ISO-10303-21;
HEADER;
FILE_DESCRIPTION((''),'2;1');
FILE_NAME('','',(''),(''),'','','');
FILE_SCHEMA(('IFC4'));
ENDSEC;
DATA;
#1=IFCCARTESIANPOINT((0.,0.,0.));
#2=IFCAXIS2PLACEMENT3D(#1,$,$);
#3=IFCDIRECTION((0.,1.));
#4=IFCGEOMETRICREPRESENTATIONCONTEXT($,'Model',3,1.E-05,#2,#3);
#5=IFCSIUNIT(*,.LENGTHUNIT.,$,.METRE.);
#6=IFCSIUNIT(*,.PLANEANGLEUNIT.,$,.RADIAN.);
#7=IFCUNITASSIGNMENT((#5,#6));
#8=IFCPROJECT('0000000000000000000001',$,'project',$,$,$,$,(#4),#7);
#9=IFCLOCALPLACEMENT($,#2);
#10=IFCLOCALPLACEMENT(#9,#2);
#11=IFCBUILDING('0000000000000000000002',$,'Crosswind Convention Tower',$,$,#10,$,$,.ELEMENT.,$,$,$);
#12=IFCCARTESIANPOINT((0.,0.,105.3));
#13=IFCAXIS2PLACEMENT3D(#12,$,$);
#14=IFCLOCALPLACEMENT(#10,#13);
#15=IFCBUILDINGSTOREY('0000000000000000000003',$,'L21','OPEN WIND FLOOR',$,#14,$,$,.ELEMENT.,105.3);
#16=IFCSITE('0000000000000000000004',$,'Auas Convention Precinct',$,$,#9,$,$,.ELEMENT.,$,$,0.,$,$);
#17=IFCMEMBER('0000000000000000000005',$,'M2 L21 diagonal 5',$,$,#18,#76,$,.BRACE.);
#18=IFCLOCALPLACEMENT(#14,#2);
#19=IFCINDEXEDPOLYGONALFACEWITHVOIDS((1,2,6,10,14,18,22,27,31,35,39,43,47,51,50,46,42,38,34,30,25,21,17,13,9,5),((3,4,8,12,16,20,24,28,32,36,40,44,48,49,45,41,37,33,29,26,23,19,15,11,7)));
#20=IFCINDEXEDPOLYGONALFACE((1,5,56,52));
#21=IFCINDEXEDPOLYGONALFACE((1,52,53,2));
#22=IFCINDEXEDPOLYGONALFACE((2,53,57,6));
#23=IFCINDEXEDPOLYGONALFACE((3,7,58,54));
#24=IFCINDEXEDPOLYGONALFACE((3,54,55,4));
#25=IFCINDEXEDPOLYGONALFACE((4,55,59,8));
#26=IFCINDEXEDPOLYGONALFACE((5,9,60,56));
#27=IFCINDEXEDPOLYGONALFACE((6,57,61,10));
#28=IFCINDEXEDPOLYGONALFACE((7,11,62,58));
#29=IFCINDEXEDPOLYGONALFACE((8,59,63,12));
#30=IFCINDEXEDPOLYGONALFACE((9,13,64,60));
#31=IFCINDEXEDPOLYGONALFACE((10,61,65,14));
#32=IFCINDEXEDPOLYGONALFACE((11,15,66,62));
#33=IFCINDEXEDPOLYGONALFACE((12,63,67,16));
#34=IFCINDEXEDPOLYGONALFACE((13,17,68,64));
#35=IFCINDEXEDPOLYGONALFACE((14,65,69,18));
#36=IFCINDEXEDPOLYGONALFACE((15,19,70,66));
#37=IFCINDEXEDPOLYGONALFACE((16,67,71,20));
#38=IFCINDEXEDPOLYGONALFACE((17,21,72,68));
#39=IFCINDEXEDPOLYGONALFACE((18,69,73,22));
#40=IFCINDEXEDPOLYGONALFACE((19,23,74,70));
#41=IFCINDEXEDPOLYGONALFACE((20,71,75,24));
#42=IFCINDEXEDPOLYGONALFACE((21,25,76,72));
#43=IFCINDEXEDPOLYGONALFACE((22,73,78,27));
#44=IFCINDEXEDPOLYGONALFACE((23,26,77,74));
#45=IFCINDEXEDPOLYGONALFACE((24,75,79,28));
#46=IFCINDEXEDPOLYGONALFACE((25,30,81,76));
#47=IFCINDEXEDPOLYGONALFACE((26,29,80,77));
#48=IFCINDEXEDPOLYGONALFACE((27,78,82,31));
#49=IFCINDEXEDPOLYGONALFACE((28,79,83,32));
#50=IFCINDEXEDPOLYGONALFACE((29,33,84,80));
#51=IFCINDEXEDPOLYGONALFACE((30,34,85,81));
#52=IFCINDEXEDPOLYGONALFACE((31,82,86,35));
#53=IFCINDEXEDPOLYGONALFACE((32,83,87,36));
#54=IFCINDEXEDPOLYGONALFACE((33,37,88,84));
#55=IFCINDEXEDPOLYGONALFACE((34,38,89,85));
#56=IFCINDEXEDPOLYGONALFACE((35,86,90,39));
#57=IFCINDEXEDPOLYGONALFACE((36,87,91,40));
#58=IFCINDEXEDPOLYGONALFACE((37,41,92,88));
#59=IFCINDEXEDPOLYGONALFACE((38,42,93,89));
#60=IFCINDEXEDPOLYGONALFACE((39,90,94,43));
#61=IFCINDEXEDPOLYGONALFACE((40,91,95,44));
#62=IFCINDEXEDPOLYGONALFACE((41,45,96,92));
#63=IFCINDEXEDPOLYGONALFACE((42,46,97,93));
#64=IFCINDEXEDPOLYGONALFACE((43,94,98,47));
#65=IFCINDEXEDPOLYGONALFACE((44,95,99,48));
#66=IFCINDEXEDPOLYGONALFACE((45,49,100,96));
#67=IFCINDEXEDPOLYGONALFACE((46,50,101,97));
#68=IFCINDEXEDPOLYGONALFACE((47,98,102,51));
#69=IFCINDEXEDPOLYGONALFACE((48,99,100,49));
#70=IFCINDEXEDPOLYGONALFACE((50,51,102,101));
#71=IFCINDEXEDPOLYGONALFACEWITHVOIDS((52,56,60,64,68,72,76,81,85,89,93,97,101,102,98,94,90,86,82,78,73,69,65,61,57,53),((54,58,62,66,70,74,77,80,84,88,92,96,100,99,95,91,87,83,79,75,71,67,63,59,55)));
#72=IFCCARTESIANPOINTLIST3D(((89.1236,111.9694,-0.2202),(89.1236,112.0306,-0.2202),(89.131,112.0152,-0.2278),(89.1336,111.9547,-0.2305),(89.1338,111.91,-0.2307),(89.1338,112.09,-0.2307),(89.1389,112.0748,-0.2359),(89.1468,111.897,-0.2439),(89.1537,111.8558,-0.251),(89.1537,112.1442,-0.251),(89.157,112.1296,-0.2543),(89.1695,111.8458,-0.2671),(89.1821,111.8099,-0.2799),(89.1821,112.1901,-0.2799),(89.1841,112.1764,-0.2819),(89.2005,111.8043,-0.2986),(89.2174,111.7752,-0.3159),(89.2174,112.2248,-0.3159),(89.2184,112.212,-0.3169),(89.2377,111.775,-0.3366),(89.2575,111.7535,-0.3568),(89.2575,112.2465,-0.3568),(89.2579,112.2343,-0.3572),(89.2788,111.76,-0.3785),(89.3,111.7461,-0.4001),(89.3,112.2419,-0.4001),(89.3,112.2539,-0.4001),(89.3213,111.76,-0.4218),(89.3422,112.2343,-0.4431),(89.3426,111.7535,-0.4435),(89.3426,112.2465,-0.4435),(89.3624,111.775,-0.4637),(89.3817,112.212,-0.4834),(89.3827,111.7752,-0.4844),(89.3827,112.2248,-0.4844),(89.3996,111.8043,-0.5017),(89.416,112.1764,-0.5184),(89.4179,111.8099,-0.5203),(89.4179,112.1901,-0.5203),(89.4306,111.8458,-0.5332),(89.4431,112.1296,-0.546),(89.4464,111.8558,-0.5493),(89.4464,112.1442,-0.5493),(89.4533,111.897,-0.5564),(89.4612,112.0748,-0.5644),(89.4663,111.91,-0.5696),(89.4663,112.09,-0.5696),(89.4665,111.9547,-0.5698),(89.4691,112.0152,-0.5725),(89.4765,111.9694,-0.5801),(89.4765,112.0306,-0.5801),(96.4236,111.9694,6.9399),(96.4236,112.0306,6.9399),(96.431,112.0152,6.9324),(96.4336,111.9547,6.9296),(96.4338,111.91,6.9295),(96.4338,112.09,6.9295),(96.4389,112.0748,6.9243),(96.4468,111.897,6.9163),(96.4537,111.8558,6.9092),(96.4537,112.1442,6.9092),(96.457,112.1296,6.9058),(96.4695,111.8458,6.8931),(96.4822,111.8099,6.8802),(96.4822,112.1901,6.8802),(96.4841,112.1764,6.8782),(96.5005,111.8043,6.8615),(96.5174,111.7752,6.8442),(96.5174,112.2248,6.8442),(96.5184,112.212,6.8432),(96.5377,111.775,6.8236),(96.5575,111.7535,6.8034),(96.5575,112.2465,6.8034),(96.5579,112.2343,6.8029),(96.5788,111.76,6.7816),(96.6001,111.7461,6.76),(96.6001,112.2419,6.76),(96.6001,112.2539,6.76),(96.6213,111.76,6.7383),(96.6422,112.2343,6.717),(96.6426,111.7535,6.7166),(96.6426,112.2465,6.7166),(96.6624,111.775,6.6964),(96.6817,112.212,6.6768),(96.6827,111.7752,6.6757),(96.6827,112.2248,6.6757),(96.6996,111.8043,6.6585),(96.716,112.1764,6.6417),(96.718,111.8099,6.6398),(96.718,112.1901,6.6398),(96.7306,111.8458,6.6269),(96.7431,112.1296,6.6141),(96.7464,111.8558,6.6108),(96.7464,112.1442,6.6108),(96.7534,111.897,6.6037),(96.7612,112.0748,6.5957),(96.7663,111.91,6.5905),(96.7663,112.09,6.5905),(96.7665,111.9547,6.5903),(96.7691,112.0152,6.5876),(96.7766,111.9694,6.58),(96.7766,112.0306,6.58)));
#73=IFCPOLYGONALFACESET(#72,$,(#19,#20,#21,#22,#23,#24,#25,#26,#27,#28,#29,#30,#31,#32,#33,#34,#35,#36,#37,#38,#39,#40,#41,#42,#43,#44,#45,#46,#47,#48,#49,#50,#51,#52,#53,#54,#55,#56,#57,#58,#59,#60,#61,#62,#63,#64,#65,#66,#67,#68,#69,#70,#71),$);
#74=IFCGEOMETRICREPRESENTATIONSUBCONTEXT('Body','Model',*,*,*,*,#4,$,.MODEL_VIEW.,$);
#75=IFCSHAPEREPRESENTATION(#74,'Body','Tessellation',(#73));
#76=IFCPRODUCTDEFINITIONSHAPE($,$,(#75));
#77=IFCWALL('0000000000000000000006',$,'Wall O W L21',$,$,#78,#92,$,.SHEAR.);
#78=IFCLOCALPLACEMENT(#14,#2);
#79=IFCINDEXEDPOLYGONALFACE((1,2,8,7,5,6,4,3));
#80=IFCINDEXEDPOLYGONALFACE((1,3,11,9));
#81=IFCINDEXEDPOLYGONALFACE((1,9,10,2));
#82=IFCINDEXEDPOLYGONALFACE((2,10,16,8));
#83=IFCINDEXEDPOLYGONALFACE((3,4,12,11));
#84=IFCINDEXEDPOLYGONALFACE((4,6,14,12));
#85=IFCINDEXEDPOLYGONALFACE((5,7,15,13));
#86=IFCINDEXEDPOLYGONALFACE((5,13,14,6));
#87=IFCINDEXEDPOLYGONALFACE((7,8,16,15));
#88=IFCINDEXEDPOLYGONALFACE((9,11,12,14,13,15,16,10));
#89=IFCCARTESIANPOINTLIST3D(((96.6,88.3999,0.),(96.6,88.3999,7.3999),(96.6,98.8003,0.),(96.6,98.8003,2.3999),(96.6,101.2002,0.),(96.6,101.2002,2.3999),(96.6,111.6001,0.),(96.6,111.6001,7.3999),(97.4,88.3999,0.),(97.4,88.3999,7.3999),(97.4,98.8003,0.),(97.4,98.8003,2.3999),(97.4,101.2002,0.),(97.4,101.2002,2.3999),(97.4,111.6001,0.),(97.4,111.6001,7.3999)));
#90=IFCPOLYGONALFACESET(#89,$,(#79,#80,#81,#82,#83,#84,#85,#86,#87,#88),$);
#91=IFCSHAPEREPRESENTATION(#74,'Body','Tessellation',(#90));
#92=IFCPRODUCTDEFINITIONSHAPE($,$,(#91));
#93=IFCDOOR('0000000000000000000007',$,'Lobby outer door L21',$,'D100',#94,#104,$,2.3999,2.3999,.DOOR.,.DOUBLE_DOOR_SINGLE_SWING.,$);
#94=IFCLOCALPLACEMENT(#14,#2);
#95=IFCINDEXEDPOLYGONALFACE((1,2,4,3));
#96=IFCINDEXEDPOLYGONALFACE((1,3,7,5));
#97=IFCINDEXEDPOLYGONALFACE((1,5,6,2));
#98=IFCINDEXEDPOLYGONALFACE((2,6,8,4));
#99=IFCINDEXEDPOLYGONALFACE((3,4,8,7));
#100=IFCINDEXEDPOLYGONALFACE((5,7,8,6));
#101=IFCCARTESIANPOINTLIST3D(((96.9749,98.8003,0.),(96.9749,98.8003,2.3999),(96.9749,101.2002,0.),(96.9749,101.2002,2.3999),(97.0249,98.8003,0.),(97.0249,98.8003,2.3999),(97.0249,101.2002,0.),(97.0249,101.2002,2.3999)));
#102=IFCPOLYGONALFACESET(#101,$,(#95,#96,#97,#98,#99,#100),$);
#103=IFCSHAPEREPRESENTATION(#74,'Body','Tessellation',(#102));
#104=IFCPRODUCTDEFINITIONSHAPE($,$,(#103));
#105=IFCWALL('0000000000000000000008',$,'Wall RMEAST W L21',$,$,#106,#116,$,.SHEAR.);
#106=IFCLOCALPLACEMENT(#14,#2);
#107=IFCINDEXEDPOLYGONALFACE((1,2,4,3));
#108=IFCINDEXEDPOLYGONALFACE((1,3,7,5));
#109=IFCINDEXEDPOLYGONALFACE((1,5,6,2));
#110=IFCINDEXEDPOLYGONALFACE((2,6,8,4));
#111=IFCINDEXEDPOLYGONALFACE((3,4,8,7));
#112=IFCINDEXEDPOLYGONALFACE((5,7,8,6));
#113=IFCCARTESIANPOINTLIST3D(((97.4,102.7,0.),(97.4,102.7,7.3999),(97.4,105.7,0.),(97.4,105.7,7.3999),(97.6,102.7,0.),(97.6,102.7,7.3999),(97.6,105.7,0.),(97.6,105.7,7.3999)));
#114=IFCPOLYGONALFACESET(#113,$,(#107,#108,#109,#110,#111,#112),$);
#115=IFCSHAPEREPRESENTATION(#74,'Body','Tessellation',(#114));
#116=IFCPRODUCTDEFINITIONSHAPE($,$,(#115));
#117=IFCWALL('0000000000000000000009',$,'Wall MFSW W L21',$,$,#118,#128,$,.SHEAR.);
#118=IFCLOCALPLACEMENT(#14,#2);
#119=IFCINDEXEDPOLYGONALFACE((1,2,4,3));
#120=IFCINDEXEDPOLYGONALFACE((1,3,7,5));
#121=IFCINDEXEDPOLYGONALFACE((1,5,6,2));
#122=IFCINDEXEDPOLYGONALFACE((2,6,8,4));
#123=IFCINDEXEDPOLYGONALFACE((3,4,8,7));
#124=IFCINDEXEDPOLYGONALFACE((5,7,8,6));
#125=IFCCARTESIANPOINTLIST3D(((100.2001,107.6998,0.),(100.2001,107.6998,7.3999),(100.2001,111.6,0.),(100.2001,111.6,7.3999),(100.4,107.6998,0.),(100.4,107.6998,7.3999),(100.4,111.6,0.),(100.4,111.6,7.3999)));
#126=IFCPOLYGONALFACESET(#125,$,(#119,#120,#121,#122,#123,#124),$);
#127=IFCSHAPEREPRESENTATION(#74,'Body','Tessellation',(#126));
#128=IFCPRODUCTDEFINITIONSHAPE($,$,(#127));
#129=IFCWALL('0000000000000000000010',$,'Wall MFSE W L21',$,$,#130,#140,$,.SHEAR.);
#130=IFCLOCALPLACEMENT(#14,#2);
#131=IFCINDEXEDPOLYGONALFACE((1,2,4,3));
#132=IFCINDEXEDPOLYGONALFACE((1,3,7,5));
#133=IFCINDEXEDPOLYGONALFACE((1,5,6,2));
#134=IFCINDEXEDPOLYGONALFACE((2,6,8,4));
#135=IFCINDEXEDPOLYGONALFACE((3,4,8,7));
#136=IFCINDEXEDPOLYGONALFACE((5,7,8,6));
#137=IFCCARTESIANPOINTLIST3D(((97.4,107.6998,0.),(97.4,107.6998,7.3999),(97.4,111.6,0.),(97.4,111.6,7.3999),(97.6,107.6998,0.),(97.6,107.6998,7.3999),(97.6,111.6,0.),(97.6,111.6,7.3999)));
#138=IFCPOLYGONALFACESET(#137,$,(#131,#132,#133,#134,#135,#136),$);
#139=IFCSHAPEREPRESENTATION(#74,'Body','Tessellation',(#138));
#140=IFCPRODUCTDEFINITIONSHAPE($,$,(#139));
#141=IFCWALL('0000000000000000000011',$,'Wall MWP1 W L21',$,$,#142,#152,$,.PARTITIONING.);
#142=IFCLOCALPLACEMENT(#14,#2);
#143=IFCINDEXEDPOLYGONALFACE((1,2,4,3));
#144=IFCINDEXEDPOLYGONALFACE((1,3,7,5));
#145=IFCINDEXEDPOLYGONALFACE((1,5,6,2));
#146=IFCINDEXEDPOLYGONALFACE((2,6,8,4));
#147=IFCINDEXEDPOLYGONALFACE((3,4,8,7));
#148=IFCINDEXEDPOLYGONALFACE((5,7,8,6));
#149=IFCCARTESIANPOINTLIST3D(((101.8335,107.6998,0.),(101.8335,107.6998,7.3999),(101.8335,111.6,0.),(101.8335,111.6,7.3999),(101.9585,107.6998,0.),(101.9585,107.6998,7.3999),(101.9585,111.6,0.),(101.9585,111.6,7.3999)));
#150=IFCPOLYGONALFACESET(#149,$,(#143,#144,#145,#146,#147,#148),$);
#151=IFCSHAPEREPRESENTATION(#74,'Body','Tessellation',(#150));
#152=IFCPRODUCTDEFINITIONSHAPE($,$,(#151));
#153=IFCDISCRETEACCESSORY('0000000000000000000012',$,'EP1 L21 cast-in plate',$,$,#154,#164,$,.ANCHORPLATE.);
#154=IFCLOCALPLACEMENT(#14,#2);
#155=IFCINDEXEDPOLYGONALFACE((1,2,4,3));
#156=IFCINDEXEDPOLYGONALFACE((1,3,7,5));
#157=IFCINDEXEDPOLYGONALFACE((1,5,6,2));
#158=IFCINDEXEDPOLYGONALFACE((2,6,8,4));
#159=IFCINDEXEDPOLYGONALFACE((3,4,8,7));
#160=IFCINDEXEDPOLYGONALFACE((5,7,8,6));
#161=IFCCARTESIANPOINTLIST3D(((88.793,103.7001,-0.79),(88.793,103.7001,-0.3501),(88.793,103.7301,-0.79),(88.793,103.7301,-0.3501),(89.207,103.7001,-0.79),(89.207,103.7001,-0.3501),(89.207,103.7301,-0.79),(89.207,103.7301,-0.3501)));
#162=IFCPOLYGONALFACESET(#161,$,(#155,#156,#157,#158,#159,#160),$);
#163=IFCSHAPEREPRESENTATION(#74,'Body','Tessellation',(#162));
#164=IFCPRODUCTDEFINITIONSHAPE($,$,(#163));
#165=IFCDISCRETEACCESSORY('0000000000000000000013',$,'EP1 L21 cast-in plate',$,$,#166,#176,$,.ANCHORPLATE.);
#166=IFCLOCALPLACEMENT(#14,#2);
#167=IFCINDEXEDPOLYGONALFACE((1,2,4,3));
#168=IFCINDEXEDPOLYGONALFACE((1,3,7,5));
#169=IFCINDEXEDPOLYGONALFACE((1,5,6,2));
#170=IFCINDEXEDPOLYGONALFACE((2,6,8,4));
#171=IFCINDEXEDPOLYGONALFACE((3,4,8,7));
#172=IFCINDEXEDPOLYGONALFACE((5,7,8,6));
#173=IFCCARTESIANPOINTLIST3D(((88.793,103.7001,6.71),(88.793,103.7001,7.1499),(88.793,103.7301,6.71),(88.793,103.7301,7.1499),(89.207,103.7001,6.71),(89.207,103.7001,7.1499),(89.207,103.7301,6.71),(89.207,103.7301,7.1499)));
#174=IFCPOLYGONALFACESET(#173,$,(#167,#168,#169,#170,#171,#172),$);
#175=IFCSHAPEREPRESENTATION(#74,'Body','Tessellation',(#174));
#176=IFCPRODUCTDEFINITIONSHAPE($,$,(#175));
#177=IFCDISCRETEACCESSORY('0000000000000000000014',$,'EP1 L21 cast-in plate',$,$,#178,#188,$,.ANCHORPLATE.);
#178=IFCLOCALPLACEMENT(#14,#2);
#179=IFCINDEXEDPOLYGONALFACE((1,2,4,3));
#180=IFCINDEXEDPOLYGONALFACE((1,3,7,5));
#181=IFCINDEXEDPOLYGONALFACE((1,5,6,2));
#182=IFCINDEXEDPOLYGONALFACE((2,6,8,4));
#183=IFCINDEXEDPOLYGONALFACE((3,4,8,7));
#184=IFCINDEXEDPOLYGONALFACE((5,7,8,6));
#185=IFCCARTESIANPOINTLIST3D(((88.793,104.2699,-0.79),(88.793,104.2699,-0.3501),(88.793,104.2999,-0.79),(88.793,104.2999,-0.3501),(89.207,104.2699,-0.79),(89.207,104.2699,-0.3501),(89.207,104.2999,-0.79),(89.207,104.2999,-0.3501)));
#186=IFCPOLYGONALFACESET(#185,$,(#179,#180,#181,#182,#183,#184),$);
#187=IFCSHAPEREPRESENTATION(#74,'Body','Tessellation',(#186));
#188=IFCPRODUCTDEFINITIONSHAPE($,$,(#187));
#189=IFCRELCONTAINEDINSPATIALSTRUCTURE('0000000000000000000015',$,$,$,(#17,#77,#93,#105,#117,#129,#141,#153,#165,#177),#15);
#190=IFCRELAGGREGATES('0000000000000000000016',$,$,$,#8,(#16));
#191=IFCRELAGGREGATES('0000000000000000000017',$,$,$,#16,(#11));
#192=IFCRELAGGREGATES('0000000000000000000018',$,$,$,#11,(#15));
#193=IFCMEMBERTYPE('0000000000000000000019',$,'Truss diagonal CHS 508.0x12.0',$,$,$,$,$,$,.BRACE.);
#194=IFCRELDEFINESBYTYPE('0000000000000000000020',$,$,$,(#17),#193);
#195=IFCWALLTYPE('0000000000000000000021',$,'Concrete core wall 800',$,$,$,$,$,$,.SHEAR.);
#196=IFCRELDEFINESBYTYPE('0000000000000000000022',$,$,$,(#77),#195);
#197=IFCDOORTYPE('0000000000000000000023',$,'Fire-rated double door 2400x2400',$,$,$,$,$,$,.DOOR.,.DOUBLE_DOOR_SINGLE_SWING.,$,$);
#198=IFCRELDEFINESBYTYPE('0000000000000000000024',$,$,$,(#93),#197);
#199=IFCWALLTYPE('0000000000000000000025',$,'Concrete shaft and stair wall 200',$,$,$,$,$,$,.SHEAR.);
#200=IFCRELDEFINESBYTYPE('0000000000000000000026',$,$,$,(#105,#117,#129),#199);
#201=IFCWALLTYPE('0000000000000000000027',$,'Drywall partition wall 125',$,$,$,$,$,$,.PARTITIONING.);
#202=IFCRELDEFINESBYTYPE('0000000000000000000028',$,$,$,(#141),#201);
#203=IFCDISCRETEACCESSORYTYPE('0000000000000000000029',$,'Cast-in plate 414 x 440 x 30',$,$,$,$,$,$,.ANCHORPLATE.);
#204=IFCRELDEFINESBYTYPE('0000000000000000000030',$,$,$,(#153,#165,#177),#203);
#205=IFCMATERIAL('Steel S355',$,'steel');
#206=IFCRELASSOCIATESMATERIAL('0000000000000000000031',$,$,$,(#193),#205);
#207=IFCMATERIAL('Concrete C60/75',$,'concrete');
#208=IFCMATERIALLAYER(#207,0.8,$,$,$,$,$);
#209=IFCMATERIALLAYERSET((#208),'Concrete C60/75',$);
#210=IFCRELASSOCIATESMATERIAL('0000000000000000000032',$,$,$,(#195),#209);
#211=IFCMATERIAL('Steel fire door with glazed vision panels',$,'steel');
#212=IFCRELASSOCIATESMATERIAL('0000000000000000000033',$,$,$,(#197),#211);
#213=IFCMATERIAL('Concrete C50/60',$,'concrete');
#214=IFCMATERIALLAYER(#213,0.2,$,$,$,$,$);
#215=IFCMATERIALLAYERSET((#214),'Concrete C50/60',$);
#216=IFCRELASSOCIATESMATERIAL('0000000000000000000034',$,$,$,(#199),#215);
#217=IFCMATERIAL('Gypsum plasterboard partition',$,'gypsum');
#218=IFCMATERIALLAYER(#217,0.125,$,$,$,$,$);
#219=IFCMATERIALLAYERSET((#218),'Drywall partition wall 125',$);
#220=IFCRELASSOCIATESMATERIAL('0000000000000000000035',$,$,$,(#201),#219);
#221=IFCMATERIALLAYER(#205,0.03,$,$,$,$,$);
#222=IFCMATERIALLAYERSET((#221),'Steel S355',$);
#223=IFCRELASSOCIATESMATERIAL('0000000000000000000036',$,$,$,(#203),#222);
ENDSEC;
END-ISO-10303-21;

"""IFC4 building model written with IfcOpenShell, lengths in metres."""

from ifc_helpers import new_model, si_unit, direction, frame, frame_2d, origin, origin_2d, place, context, subcontext, project, spatial, rectangle, hollow_circle, extrude, material, layer, layer_set, material_profile, profile_set, type_object, element, fill, save


model = new_model("IFC4")

# Units and contexts
model_context = context("Model", 3, precision=1e-05, world=origin(), true_north=direction((0.0, 1.0)))
body_context = subcontext(model_context, "Body", "Model", "MODEL_VIEW")
ifc_project = project(units=[si_unit("LENGTHUNIT", "METRE"), si_unit("PLANEANGLEUNIT", "RADIAN")], contexts=[model_context])

# Site, building, storey
site_placement = place(None, origin())
site = spatial("IfcSite", under=ifc_project, at=site_placement, Name="Auas Convention Precinct", CompositionType="ELEMENT", RefElevation=0.0)
building_placement = place(site_placement, origin())
building = spatial("IfcBuilding", under=site, at=building_placement, Name="Crosswind Convention Tower", CompositionType="ELEMENT")
storey_placement = place(building_placement, frame((0.0, 0.0, 105.3)))
storey = spatial("IfcBuildingStorey", under=building, at=storey_placement, Name="L21", Description="OPEN WIND FLOOR", CompositionType="ELEMENT", Elevation=105.3)

# Shared definitions
ifc_material_1 = material(Name="Concrete C60/75", Category="concrete")

# Shared definitions
ifc_material_2 = material(Name="Steel S355", Category="steel")

# Member
ifc_material_profile_1 = material_profile(ifc_material_2, hollow_circle(Radius=0.2539, WallThickness=0.012, at=origin_2d()), Name="CHS 508.0x12.0")
ifc_profile_set_1 = profile_set([ifc_material_profile_1], Name="Steel S355")
member_type_1 = type_object("IfcMemberType", Name="Truss diagonal CHS 508.0x12.0", PredefinedType="BRACE", material=ifc_profile_set_1)
member_placement = place(storey_placement, frame((89.3, 112.0, -0.4001), z_axis=(0.713914, 0.0, 0.700233), x_axis=(0.0, 1.0, 0.0)))
element("IfcMember", 1, at=member_placement, inside=storey, type_object=member_type_1, Name="M2 L21 diagonal 5", PredefinedType="BRACE", context=body_context, shape_type="SweptSolid", body=[
    extrude(hollow_circle(Radius=0.2539, WallThickness=0.012, at=origin_2d()), origin(), (0.0, 0.0, 1.0), 10.2253),
])

# Wall, opening, door
ifc_layer_1 = layer(ifc_material_1, 0.8)
ifc_layer_set_1 = layer_set([ifc_layer_1], Name="Concrete C60/75")
wall_type_1 = type_object("IfcWallType", Name="Concrete core wall 800", PredefinedType="SHEAR", material=ifc_layer_set_1)
wall_1_placement = place(storey_placement, frame((97.0, 111.6001, 0.0), z_axis=(0.0, 0.0, 1.0), x_axis=(0.0, -1.0, 0.0)))
wall_1 = element("IfcWall", 2, at=wall_1_placement, inside=storey, type_object=wall_type_1, Name="Wall O W L21", PredefinedType="SHEAR", context=body_context, shape_type="SweptSolid", body=[
    extrude(rectangle(XDim=23.2002, YDim=0.8, at=frame_2d((11.6001, 0.0))), origin(), (0.0, 0.0, 1.0), 7.3999),
])
opening_placement = place(wall_1_placement, frame((10.3999, 0.0, 0.0)))
opening = element("IfcOpeningElement", 3, at=opening_placement, cuts=wall_1, PredefinedType="OPENING", context=body_context, shape_type="SweptSolid", body=[
    extrude(rectangle(XDim=2.3999, YDim=2.3999, at=frame_2d((1.2, 1.2))), frame((0.0, 0.4099, 0.0), z_axis=(0.0, -1.0, 0.0), x_axis=(1.0, 0.0, 0.0)), (0.0, 0.0, 1.0), 0.8201),
])
ifc_material_3 = material(Name="Steel fire door with glazed vision panels", Category="steel")
door_type = type_object("IfcDoorType", Name="Fire-rated double door 2400x2400", OperationType="DOUBLE_DOOR_SINGLE_SWING", PredefinedType="DOOR", material=ifc_material_3)
door_placement = place(opening_placement, origin())
door = element("IfcDoor", 4, at=door_placement, inside=storey, type_object=door_type, Name="Lobby outer door L21", ObjectType="D100", OperationType="DOUBLE_DOOR_SINGLE_SWING", OverallHeight=2.3999, OverallWidth=2.3999, PredefinedType="DOOR", context=body_context, shape_type="SweptSolid", body=[
    extrude(rectangle(XDim=2.3999, YDim=2.3999, at=frame_2d((1.2, 1.2))), frame((0.0, 0.0249, 0.0), z_axis=(0.0, -1.0, 0.0), x_axis=(1.0, 0.0, 0.0)), (0.0, 0.0, 1.0), 0.05),
])
fill(opening, door)

# Walls
ifc_material_4 = material(Name="Concrete C50/60", Category="concrete")
ifc_layer_2 = layer(ifc_material_4, 0.2)
ifc_layer_set_2 = layer_set([ifc_layer_2], Name="Concrete C50/60")
wall_type_2 = type_object("IfcWallType", Name="Concrete shaft and stair wall 200", PredefinedType="SHEAR", material=ifc_layer_set_2)
wall_2_placement = place(storey_placement, frame((97.5, 105.7, 0.0), z_axis=(0.0, 0.0, 1.0), x_axis=(0.0, -1.0, 0.0)))
element("IfcWall", 5, at=wall_2_placement, inside=storey, type_object=wall_type_2, Name="Wall RMEAST W L21", PredefinedType="SHEAR", context=body_context, shape_type="SweptSolid", body=[
    extrude(rectangle(XDim=3.0, YDim=0.2, at=frame_2d((1.5, 0.0))), origin(), (0.0, 0.0, 1.0), 7.3999),
])
for number, where, z_axis, x_axis, name in (
    (6, (100.3, 111.6001, 0.0), (0.0, 0.0, 1.0), (0.0, -1.0, 0.0), "Wall MFSW W L21"),
    (7, (97.5, 111.6001, 0.0), (0.0, 0.0, 1.0), (0.0, -1.0, 0.0), "Wall MFSE W L21"),
):
    element("IfcWall", number, at=place(storey_placement, frame(where, z_axis=z_axis, x_axis=x_axis)), inside=storey, type_object=wall_type_2, Name=name, PredefinedType="SHEAR", context=body_context, shape_type="SweptSolid", body=[
        extrude(rectangle(XDim=3.9001, YDim=0.2, at=frame_2d((1.9502, 0.0))), origin(), (0.0, 0.0, 1.0), 7.3999),
    ])
ifc_material_5 = material(Name="Gypsum plasterboard partition", Category="gypsum")
ifc_layer_3 = layer(ifc_material_5, 0.125)
ifc_layer_set_3 = layer_set([ifc_layer_3], Name="Drywall partition wall 125")
wall_type_3 = type_object("IfcWallType", Name="Drywall partition wall 125", PredefinedType="PARTITIONING", material=ifc_layer_set_3)
wall_3_placement = place(storey_placement, frame((101.896, 111.6001, 0.0), z_axis=(0.0, 0.0, 1.0), x_axis=(0.0, -1.0, 0.0)))
element("IfcWall", 8, at=wall_3_placement, inside=storey, type_object=wall_type_3, Name="Wall MWP1 W L21", PredefinedType="PARTITIONING", context=body_context, shape_type="SweptSolid", body=[
    extrude(rectangle(XDim=3.9001, YDim=0.125, at=frame_2d((1.9502, 0.0))), origin(), (0.0, 0.0, 1.0), 7.3999),
])

# Discrete accessories
ifc_layer_4 = layer(ifc_material_2, 0.03)
ifc_layer_set_4 = layer_set([ifc_layer_4], Name="Steel S355")
discrete_accessory_type_1 = type_object("IfcDiscreteAccessoryType", Name="Cast-in plate 414 x 440 x 30", PredefinedType="ANCHORPLATE", material=ifc_layer_set_4)
for number, where, z_axis, x_axis, name in (
    (9, (89.0, 103.7151, -0.79), (0.0, 0.0, 1.0), (1.0, 0.0, 0.0), "EP1 L21 cast-in plate"),
    (10, (89.0, 103.7151, 6.71), (0.0, 0.0, 1.0), (1.0, 0.0, 0.0), "EP1 L21 cast-in plate"),
    (11, (89.0, 104.2849, -0.79), (0.0, 0.0, 1.0), (1.0, 0.0, 0.0), "EP1 L21 cast-in plate"),
):
    element("IfcDiscreteAccessory", number, at=place(storey_placement, frame(where, z_axis=z_axis, x_axis=x_axis)), inside=storey, type_object=discrete_accessory_type_1, Name=name, PredefinedType="ANCHORPLATE", context=body_context, shape_type="SweptSolid", body=[
        extrude(rectangle(XDim=0.4141, YDim=0.03, at=origin_2d()), origin(), (0.0, 0.0, 1.0), 0.4399),
    ])

save(model, "model.ifc")
